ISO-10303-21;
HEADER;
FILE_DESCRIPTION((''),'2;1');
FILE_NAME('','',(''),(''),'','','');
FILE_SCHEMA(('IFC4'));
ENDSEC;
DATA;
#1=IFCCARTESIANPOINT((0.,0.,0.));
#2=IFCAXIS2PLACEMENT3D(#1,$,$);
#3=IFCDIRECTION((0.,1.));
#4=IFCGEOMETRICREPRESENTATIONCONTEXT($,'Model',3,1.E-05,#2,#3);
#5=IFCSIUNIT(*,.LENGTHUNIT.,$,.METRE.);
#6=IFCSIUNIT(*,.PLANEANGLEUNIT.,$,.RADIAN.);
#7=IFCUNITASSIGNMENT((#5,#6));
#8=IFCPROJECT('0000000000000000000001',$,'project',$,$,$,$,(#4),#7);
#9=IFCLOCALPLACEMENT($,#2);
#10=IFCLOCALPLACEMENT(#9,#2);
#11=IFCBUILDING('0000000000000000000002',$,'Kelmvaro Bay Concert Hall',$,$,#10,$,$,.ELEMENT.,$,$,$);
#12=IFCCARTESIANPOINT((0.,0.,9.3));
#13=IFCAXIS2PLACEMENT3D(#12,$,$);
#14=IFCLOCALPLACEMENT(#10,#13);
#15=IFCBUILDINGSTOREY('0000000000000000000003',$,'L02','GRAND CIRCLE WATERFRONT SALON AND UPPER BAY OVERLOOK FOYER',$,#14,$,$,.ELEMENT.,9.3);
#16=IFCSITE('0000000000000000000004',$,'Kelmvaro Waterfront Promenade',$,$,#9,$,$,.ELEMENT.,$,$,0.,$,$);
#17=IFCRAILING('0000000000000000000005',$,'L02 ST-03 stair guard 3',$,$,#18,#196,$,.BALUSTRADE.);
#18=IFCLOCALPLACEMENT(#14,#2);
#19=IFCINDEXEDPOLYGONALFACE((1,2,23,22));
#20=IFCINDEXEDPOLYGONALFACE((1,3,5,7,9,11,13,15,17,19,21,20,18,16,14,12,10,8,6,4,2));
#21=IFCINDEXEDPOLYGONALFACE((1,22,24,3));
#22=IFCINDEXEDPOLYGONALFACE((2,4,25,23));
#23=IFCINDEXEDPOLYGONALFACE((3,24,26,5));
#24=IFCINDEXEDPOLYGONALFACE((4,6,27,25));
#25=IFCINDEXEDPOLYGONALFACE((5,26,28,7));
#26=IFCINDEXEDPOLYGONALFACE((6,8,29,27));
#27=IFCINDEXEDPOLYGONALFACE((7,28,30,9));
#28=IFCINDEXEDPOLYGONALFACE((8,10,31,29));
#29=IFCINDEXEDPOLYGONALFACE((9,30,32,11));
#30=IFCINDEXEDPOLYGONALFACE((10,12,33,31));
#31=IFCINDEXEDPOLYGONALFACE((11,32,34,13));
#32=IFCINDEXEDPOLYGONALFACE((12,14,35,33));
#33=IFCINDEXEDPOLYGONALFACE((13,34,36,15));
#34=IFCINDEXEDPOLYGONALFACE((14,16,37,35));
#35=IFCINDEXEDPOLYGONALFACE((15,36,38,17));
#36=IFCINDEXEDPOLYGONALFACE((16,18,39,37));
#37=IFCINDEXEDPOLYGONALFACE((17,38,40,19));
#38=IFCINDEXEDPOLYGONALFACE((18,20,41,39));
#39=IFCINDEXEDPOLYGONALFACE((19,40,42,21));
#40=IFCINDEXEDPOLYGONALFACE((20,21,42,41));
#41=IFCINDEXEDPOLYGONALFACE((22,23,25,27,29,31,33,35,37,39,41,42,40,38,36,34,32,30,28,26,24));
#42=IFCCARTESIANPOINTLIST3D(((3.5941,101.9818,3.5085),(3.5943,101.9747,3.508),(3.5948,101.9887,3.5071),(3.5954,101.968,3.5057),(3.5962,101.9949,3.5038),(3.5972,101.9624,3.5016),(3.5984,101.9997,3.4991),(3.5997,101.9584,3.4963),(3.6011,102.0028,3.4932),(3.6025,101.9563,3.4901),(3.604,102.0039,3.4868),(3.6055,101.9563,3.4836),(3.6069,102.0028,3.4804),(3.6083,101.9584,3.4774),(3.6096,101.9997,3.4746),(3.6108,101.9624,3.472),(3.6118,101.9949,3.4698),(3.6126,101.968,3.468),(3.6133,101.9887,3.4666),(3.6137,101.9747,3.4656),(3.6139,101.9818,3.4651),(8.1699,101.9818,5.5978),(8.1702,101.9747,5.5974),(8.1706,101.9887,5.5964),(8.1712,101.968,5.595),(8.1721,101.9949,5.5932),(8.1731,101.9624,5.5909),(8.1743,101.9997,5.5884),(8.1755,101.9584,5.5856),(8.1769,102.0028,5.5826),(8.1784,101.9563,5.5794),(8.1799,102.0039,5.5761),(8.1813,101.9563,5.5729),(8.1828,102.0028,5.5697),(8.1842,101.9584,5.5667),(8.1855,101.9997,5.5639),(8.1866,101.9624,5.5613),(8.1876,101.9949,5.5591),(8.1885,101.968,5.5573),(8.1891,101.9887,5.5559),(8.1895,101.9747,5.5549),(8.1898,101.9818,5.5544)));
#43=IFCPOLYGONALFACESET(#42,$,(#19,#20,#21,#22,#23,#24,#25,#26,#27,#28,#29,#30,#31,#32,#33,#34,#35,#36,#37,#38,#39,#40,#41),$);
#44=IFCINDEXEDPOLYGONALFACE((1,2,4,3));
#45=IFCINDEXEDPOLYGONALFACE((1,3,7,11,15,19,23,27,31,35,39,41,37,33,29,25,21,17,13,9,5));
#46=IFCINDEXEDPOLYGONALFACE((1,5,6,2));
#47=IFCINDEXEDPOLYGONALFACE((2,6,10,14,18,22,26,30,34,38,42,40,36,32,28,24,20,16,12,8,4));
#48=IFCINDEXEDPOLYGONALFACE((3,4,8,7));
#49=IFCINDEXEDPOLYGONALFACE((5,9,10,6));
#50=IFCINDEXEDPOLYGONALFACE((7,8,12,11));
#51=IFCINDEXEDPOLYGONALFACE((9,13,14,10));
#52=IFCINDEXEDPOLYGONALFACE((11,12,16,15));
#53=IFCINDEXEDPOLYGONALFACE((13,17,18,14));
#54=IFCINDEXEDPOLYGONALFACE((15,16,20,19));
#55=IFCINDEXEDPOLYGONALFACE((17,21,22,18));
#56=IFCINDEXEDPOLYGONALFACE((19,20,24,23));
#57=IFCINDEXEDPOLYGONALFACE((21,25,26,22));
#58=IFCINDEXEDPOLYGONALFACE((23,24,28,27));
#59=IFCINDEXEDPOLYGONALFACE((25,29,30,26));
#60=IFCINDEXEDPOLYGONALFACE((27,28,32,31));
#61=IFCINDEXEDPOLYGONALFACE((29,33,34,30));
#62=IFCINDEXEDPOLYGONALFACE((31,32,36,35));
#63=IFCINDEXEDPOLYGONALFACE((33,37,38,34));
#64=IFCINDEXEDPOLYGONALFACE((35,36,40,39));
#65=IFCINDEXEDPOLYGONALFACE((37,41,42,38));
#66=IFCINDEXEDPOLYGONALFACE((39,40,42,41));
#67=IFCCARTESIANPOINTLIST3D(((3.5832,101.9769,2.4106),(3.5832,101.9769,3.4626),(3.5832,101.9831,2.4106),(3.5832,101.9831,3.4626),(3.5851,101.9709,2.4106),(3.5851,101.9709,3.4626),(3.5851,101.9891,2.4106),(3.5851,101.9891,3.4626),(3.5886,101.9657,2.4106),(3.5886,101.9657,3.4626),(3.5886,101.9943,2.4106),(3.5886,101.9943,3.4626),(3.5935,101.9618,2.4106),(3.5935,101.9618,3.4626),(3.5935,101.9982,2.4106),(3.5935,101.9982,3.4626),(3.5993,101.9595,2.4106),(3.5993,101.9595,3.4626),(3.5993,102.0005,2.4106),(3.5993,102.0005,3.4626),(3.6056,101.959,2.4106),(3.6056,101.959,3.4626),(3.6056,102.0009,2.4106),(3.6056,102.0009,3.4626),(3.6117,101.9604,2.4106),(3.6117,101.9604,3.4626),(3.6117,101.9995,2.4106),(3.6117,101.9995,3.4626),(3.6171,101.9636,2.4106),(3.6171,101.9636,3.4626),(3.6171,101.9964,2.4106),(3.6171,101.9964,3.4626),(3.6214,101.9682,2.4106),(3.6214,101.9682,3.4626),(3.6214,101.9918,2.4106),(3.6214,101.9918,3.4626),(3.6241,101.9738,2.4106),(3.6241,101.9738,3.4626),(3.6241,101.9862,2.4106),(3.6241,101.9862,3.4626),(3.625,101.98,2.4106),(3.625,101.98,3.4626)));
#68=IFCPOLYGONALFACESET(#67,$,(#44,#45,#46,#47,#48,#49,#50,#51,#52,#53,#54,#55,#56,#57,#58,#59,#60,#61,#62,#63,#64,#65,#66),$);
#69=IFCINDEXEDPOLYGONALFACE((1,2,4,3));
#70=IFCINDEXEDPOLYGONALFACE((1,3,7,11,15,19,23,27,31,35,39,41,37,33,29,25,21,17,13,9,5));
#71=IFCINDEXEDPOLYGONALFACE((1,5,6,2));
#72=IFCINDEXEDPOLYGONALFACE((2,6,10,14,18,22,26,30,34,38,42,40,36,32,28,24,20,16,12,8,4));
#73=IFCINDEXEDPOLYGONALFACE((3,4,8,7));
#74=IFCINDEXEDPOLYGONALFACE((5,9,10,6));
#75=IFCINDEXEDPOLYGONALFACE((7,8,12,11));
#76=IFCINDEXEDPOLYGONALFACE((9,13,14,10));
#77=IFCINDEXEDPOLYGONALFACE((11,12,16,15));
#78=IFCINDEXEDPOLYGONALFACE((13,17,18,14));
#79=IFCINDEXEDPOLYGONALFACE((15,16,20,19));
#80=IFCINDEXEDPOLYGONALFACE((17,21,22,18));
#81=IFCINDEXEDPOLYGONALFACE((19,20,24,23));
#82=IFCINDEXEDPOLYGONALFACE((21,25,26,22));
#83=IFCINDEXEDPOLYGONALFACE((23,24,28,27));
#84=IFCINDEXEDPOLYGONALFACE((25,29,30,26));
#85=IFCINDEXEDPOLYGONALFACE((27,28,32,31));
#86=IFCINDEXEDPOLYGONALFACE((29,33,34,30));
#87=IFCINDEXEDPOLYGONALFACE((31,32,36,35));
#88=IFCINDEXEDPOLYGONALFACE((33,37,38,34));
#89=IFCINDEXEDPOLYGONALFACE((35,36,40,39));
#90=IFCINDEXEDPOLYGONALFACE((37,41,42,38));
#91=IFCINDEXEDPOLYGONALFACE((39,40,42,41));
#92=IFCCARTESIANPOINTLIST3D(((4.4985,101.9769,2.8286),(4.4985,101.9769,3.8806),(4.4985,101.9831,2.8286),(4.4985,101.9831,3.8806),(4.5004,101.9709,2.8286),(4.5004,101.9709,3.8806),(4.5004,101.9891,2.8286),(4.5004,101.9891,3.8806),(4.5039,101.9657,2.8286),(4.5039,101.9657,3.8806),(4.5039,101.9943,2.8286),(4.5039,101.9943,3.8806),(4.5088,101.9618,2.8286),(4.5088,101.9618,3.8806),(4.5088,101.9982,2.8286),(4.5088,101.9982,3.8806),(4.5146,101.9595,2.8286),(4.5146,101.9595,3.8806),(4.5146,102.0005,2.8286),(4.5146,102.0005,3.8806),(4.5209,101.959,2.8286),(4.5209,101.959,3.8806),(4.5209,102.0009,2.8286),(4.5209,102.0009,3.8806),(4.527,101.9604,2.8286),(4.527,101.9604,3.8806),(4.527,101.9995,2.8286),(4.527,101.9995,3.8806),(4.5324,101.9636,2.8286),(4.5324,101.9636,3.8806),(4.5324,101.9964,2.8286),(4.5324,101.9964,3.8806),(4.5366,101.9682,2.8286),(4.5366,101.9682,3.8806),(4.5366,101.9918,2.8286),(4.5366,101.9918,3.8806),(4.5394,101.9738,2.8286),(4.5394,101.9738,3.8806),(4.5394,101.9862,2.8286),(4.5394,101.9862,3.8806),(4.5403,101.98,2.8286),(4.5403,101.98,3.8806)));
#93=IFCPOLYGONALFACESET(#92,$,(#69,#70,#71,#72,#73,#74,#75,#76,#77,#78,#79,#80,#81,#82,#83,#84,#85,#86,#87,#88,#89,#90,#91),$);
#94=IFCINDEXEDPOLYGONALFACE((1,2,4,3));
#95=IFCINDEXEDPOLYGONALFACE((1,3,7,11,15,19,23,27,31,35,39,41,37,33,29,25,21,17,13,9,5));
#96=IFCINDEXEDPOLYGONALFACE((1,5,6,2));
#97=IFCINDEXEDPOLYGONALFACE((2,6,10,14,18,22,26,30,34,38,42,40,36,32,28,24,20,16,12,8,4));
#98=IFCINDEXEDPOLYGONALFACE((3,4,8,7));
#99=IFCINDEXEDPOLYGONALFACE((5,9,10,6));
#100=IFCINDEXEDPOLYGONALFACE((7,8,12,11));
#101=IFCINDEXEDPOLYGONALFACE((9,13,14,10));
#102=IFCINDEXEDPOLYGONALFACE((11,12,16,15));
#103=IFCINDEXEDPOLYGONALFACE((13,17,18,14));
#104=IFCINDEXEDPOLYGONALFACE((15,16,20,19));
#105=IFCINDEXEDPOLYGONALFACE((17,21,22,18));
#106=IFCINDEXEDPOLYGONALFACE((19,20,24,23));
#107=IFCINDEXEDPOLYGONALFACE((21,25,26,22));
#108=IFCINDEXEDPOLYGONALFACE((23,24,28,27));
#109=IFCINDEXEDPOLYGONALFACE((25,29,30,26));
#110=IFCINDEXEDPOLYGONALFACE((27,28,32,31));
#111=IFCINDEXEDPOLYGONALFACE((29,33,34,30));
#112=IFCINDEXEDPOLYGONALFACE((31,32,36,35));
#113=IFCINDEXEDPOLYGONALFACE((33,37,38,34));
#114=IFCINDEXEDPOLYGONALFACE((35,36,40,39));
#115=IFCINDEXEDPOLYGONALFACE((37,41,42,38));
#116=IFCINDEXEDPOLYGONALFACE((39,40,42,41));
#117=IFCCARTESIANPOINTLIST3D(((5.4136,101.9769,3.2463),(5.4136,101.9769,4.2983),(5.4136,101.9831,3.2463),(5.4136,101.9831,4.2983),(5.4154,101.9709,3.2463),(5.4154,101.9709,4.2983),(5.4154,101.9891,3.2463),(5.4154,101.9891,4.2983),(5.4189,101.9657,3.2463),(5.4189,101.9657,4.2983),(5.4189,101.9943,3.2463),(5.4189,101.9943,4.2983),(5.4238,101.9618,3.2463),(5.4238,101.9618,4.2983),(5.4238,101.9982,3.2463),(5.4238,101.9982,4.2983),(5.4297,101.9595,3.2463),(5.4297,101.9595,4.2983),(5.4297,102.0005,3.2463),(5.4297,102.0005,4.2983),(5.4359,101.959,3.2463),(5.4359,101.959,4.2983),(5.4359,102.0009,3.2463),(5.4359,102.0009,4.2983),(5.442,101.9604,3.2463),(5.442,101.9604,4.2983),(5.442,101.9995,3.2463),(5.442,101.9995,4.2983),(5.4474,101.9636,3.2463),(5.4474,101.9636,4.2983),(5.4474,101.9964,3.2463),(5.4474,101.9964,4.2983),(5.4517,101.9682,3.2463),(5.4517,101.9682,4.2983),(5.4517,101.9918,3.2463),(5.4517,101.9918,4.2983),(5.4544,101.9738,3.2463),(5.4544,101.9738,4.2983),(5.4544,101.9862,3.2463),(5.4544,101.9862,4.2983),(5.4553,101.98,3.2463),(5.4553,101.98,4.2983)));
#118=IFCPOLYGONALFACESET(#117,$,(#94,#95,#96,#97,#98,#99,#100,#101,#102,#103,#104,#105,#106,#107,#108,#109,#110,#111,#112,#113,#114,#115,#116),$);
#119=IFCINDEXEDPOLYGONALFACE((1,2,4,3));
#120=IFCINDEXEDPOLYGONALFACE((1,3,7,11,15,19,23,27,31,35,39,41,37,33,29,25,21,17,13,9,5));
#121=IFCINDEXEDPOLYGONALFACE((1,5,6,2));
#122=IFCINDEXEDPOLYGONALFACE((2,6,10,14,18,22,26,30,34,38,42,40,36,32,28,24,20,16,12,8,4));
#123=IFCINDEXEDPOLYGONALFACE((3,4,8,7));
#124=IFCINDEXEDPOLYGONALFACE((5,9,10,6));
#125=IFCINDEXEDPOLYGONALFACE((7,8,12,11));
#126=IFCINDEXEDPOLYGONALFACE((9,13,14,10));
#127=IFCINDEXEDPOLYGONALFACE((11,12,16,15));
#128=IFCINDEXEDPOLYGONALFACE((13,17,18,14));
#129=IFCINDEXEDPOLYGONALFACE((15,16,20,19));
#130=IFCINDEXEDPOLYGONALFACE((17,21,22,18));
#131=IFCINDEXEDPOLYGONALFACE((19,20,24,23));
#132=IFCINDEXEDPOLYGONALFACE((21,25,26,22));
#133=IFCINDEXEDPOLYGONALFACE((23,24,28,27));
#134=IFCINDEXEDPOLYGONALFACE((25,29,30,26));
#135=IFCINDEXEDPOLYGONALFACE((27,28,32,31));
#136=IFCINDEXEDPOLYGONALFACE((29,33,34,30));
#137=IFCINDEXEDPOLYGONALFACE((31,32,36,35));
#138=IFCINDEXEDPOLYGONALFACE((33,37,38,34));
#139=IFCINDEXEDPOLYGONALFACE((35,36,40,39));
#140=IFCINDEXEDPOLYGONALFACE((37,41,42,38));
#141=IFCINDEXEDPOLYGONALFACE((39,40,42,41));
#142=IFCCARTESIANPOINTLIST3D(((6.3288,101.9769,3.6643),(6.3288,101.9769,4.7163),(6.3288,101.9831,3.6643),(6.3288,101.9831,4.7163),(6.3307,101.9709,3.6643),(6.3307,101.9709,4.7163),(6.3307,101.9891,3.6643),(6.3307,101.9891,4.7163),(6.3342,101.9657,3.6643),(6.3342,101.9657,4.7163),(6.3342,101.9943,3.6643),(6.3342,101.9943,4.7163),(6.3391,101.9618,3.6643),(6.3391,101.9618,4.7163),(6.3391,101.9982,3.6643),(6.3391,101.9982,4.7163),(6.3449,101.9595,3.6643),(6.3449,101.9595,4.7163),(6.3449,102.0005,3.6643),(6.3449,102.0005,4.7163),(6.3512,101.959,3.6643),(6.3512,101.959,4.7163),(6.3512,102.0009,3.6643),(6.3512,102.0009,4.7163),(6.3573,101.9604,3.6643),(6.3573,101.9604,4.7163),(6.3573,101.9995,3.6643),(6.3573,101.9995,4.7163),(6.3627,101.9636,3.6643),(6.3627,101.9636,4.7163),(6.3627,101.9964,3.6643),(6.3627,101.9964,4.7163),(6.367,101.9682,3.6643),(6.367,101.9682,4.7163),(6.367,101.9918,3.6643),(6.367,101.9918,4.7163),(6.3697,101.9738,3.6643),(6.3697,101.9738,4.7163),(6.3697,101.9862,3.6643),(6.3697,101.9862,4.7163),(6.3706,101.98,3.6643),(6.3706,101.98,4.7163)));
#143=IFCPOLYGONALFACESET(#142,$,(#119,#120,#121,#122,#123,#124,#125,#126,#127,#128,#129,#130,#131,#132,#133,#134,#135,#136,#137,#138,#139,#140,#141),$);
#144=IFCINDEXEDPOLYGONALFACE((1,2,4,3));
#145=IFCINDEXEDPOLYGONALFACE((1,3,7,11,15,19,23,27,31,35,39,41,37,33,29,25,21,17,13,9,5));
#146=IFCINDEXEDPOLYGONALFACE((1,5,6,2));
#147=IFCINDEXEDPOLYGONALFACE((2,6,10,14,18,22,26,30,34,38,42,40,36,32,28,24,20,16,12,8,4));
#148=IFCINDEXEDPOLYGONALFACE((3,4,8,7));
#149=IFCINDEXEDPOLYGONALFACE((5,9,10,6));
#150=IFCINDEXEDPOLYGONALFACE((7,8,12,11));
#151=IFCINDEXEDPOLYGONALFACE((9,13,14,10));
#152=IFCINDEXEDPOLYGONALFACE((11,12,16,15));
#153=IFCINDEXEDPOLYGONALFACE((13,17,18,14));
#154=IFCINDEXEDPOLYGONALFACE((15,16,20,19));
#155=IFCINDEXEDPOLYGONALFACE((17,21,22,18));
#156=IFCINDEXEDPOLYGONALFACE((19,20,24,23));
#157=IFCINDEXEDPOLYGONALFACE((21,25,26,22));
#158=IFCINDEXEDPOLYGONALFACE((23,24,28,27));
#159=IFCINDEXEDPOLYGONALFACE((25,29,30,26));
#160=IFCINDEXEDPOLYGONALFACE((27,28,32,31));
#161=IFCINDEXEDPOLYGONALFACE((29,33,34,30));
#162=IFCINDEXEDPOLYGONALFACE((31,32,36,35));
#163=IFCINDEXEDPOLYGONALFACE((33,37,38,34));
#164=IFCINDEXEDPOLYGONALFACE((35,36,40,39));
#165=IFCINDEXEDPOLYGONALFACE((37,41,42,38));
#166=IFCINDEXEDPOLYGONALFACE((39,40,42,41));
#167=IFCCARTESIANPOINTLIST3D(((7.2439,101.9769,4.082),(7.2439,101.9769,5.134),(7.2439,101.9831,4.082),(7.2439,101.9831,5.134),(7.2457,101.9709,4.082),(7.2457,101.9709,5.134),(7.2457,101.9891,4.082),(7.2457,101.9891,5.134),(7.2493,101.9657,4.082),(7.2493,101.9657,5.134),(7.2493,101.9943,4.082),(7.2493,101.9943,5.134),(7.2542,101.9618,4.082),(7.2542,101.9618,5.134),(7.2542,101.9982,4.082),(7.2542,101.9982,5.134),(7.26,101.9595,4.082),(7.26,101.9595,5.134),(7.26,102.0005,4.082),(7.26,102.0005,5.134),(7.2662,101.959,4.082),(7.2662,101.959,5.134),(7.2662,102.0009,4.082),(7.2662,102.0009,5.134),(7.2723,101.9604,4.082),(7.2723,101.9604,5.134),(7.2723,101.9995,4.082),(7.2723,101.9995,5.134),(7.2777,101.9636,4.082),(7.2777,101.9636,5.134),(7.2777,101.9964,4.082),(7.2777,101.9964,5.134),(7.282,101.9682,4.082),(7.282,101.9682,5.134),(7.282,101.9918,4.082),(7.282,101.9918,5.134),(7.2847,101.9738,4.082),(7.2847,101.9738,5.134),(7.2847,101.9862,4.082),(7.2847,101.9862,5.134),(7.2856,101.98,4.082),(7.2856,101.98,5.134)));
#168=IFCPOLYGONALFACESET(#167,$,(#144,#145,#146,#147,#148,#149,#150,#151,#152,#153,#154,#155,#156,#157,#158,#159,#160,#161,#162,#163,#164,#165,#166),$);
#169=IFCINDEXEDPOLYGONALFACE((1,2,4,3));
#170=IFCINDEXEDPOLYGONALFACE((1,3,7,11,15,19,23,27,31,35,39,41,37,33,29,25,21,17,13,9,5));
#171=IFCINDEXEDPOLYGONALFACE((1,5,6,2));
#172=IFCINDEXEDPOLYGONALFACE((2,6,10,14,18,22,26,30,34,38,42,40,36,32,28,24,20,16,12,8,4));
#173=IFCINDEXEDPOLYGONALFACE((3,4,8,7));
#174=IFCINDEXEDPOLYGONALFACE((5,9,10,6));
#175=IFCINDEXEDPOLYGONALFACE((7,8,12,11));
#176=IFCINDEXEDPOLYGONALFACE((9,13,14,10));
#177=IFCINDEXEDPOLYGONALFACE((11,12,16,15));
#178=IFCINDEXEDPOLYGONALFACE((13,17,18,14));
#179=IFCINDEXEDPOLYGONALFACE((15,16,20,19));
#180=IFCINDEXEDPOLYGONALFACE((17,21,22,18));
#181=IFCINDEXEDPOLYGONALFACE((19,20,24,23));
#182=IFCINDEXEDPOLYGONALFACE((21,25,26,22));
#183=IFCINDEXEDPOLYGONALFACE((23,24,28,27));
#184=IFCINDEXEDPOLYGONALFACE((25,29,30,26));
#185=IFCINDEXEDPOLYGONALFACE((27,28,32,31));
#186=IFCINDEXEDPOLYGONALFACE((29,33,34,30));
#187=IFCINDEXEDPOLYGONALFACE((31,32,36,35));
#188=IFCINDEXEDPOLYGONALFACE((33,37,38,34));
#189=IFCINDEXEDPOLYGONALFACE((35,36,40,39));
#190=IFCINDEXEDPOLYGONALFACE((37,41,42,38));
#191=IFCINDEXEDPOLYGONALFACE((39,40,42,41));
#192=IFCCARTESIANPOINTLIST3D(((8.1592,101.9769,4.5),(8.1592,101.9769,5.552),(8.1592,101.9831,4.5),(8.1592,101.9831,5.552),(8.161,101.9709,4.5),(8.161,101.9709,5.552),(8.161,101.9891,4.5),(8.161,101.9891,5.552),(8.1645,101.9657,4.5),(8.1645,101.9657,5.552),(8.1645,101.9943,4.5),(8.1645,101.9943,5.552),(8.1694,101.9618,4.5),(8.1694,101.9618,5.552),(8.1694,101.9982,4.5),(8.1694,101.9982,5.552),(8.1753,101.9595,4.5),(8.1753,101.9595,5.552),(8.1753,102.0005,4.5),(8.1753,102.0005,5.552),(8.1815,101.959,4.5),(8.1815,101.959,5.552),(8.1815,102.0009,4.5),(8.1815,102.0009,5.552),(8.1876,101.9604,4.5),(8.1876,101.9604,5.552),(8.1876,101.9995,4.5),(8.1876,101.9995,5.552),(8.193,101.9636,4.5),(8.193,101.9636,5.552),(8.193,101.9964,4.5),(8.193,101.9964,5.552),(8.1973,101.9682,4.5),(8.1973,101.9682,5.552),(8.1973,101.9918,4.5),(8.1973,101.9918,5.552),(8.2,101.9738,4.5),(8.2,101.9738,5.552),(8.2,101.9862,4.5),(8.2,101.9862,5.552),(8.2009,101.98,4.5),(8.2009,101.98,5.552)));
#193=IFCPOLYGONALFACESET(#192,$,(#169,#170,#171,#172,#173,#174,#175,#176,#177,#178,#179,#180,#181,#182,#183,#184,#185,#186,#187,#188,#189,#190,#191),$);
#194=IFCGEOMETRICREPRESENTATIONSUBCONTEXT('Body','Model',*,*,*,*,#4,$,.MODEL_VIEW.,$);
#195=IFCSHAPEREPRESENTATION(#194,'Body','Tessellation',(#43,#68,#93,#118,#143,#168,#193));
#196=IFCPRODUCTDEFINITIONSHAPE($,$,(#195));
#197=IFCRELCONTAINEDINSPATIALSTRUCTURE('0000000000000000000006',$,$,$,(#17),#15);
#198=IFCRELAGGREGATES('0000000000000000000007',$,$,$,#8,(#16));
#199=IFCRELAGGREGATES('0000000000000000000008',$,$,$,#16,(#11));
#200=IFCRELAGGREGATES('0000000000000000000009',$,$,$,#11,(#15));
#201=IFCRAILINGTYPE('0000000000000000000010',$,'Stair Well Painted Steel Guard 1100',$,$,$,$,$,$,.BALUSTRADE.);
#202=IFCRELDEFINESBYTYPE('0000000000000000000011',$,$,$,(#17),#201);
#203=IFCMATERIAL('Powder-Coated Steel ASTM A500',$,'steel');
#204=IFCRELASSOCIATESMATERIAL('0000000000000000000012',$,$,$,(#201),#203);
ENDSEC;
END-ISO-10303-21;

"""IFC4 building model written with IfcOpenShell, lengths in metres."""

from ifc_helpers import new_model, si_unit, direction, frame, origin, origin_2d, place, context, subcontext, project, spatial, circle, extrude, material, type_object, element, save


model = new_model("IFC4")

# Units and contexts
model_context = context("Model", 3, precision=1e-05, world=origin(), true_north=direction((0.0, 1.0)))
body_context = subcontext(model_context, "Body", "Model", "MODEL_VIEW")
ifc_project = project(units=[si_unit("LENGTHUNIT", "METRE"), si_unit("PLANEANGLEUNIT", "RADIAN")], contexts=[model_context])

# Site, building, storey
site_placement = place(None, origin())
site = spatial("IfcSite", under=ifc_project, at=site_placement, Name="Kelmvaro Waterfront Promenade", CompositionType="ELEMENT", RefElevation=0.0)
building_placement = place(site_placement, origin())
building = spatial("IfcBuilding", under=site, at=building_placement, Name="Kelmvaro Bay Concert Hall", CompositionType="ELEMENT")
storey_placement = place(building_placement, frame((0.0, 0.0, 9.3)))
storey = spatial("IfcBuildingStorey", under=building, at=storey_placement, Name="L02", Description="GRAND CIRCLE WATERFRONT SALON AND UPPER BAY OVERLOOK FOYER", CompositionType="ELEMENT", Elevation=9.3)

# Railing
ifc_material_1 = material(Name="Powder-Coated Steel ASTM A500", Category="steel")
railing_type_1 = type_object("IfcRailingType", Name="Stair Well Painted Steel Guard 1100", PredefinedType="BALUSTRADE", material=ifc_material_1)
railing_1_placement = place(storey_placement, frame((3.604, 101.98, 2.4106)))
element("IfcRailing", 1, at=railing_1_placement, inside=storey, type_object=railing_type_1, Name="L02 ST-03 stair guard 3", PredefinedType="BALUSTRADE", context=body_context, shape_type="SweptSolid", body=[
    extrude(circle(Radius=0.0239, at=origin_2d()), frame((0.0, 0.0, 1.0762), z_axis=(0.909662, 0.0, 0.415349), x_axis=(0.0, 1.0, 0.0)), (0.0, 0.0, 1.0), 5.0303),
    extrude(circle(Radius=0.021, at=origin_2d()), origin(), (0.0, 0.0, 1.0), 1.052),
    extrude(circle(Radius=0.021, at=origin_2d()), frame((0.9153, 0.0, 0.418)), (0.0, 0.0, 1.0), 1.052),
    extrude(circle(Radius=0.021, at=origin_2d()), frame((1.8303, 0.0, 0.8357)), (0.0, 0.0, 1.0), 1.052),
    extrude(circle(Radius=0.021, at=origin_2d()), frame((2.7456, 0.0, 1.2537)), (0.0, 0.0, 1.0), 1.052),
    extrude(circle(Radius=0.021, at=origin_2d()), frame((3.6606, 0.0, 1.6714)), (0.0, 0.0, 1.0), 1.052),
    extrude(circle(Radius=0.021, at=origin_2d()), frame((4.5759, 0.0, 2.0894)), (0.0, 0.0, 1.0), 1.052),
])

save(model, "model.ifc")
